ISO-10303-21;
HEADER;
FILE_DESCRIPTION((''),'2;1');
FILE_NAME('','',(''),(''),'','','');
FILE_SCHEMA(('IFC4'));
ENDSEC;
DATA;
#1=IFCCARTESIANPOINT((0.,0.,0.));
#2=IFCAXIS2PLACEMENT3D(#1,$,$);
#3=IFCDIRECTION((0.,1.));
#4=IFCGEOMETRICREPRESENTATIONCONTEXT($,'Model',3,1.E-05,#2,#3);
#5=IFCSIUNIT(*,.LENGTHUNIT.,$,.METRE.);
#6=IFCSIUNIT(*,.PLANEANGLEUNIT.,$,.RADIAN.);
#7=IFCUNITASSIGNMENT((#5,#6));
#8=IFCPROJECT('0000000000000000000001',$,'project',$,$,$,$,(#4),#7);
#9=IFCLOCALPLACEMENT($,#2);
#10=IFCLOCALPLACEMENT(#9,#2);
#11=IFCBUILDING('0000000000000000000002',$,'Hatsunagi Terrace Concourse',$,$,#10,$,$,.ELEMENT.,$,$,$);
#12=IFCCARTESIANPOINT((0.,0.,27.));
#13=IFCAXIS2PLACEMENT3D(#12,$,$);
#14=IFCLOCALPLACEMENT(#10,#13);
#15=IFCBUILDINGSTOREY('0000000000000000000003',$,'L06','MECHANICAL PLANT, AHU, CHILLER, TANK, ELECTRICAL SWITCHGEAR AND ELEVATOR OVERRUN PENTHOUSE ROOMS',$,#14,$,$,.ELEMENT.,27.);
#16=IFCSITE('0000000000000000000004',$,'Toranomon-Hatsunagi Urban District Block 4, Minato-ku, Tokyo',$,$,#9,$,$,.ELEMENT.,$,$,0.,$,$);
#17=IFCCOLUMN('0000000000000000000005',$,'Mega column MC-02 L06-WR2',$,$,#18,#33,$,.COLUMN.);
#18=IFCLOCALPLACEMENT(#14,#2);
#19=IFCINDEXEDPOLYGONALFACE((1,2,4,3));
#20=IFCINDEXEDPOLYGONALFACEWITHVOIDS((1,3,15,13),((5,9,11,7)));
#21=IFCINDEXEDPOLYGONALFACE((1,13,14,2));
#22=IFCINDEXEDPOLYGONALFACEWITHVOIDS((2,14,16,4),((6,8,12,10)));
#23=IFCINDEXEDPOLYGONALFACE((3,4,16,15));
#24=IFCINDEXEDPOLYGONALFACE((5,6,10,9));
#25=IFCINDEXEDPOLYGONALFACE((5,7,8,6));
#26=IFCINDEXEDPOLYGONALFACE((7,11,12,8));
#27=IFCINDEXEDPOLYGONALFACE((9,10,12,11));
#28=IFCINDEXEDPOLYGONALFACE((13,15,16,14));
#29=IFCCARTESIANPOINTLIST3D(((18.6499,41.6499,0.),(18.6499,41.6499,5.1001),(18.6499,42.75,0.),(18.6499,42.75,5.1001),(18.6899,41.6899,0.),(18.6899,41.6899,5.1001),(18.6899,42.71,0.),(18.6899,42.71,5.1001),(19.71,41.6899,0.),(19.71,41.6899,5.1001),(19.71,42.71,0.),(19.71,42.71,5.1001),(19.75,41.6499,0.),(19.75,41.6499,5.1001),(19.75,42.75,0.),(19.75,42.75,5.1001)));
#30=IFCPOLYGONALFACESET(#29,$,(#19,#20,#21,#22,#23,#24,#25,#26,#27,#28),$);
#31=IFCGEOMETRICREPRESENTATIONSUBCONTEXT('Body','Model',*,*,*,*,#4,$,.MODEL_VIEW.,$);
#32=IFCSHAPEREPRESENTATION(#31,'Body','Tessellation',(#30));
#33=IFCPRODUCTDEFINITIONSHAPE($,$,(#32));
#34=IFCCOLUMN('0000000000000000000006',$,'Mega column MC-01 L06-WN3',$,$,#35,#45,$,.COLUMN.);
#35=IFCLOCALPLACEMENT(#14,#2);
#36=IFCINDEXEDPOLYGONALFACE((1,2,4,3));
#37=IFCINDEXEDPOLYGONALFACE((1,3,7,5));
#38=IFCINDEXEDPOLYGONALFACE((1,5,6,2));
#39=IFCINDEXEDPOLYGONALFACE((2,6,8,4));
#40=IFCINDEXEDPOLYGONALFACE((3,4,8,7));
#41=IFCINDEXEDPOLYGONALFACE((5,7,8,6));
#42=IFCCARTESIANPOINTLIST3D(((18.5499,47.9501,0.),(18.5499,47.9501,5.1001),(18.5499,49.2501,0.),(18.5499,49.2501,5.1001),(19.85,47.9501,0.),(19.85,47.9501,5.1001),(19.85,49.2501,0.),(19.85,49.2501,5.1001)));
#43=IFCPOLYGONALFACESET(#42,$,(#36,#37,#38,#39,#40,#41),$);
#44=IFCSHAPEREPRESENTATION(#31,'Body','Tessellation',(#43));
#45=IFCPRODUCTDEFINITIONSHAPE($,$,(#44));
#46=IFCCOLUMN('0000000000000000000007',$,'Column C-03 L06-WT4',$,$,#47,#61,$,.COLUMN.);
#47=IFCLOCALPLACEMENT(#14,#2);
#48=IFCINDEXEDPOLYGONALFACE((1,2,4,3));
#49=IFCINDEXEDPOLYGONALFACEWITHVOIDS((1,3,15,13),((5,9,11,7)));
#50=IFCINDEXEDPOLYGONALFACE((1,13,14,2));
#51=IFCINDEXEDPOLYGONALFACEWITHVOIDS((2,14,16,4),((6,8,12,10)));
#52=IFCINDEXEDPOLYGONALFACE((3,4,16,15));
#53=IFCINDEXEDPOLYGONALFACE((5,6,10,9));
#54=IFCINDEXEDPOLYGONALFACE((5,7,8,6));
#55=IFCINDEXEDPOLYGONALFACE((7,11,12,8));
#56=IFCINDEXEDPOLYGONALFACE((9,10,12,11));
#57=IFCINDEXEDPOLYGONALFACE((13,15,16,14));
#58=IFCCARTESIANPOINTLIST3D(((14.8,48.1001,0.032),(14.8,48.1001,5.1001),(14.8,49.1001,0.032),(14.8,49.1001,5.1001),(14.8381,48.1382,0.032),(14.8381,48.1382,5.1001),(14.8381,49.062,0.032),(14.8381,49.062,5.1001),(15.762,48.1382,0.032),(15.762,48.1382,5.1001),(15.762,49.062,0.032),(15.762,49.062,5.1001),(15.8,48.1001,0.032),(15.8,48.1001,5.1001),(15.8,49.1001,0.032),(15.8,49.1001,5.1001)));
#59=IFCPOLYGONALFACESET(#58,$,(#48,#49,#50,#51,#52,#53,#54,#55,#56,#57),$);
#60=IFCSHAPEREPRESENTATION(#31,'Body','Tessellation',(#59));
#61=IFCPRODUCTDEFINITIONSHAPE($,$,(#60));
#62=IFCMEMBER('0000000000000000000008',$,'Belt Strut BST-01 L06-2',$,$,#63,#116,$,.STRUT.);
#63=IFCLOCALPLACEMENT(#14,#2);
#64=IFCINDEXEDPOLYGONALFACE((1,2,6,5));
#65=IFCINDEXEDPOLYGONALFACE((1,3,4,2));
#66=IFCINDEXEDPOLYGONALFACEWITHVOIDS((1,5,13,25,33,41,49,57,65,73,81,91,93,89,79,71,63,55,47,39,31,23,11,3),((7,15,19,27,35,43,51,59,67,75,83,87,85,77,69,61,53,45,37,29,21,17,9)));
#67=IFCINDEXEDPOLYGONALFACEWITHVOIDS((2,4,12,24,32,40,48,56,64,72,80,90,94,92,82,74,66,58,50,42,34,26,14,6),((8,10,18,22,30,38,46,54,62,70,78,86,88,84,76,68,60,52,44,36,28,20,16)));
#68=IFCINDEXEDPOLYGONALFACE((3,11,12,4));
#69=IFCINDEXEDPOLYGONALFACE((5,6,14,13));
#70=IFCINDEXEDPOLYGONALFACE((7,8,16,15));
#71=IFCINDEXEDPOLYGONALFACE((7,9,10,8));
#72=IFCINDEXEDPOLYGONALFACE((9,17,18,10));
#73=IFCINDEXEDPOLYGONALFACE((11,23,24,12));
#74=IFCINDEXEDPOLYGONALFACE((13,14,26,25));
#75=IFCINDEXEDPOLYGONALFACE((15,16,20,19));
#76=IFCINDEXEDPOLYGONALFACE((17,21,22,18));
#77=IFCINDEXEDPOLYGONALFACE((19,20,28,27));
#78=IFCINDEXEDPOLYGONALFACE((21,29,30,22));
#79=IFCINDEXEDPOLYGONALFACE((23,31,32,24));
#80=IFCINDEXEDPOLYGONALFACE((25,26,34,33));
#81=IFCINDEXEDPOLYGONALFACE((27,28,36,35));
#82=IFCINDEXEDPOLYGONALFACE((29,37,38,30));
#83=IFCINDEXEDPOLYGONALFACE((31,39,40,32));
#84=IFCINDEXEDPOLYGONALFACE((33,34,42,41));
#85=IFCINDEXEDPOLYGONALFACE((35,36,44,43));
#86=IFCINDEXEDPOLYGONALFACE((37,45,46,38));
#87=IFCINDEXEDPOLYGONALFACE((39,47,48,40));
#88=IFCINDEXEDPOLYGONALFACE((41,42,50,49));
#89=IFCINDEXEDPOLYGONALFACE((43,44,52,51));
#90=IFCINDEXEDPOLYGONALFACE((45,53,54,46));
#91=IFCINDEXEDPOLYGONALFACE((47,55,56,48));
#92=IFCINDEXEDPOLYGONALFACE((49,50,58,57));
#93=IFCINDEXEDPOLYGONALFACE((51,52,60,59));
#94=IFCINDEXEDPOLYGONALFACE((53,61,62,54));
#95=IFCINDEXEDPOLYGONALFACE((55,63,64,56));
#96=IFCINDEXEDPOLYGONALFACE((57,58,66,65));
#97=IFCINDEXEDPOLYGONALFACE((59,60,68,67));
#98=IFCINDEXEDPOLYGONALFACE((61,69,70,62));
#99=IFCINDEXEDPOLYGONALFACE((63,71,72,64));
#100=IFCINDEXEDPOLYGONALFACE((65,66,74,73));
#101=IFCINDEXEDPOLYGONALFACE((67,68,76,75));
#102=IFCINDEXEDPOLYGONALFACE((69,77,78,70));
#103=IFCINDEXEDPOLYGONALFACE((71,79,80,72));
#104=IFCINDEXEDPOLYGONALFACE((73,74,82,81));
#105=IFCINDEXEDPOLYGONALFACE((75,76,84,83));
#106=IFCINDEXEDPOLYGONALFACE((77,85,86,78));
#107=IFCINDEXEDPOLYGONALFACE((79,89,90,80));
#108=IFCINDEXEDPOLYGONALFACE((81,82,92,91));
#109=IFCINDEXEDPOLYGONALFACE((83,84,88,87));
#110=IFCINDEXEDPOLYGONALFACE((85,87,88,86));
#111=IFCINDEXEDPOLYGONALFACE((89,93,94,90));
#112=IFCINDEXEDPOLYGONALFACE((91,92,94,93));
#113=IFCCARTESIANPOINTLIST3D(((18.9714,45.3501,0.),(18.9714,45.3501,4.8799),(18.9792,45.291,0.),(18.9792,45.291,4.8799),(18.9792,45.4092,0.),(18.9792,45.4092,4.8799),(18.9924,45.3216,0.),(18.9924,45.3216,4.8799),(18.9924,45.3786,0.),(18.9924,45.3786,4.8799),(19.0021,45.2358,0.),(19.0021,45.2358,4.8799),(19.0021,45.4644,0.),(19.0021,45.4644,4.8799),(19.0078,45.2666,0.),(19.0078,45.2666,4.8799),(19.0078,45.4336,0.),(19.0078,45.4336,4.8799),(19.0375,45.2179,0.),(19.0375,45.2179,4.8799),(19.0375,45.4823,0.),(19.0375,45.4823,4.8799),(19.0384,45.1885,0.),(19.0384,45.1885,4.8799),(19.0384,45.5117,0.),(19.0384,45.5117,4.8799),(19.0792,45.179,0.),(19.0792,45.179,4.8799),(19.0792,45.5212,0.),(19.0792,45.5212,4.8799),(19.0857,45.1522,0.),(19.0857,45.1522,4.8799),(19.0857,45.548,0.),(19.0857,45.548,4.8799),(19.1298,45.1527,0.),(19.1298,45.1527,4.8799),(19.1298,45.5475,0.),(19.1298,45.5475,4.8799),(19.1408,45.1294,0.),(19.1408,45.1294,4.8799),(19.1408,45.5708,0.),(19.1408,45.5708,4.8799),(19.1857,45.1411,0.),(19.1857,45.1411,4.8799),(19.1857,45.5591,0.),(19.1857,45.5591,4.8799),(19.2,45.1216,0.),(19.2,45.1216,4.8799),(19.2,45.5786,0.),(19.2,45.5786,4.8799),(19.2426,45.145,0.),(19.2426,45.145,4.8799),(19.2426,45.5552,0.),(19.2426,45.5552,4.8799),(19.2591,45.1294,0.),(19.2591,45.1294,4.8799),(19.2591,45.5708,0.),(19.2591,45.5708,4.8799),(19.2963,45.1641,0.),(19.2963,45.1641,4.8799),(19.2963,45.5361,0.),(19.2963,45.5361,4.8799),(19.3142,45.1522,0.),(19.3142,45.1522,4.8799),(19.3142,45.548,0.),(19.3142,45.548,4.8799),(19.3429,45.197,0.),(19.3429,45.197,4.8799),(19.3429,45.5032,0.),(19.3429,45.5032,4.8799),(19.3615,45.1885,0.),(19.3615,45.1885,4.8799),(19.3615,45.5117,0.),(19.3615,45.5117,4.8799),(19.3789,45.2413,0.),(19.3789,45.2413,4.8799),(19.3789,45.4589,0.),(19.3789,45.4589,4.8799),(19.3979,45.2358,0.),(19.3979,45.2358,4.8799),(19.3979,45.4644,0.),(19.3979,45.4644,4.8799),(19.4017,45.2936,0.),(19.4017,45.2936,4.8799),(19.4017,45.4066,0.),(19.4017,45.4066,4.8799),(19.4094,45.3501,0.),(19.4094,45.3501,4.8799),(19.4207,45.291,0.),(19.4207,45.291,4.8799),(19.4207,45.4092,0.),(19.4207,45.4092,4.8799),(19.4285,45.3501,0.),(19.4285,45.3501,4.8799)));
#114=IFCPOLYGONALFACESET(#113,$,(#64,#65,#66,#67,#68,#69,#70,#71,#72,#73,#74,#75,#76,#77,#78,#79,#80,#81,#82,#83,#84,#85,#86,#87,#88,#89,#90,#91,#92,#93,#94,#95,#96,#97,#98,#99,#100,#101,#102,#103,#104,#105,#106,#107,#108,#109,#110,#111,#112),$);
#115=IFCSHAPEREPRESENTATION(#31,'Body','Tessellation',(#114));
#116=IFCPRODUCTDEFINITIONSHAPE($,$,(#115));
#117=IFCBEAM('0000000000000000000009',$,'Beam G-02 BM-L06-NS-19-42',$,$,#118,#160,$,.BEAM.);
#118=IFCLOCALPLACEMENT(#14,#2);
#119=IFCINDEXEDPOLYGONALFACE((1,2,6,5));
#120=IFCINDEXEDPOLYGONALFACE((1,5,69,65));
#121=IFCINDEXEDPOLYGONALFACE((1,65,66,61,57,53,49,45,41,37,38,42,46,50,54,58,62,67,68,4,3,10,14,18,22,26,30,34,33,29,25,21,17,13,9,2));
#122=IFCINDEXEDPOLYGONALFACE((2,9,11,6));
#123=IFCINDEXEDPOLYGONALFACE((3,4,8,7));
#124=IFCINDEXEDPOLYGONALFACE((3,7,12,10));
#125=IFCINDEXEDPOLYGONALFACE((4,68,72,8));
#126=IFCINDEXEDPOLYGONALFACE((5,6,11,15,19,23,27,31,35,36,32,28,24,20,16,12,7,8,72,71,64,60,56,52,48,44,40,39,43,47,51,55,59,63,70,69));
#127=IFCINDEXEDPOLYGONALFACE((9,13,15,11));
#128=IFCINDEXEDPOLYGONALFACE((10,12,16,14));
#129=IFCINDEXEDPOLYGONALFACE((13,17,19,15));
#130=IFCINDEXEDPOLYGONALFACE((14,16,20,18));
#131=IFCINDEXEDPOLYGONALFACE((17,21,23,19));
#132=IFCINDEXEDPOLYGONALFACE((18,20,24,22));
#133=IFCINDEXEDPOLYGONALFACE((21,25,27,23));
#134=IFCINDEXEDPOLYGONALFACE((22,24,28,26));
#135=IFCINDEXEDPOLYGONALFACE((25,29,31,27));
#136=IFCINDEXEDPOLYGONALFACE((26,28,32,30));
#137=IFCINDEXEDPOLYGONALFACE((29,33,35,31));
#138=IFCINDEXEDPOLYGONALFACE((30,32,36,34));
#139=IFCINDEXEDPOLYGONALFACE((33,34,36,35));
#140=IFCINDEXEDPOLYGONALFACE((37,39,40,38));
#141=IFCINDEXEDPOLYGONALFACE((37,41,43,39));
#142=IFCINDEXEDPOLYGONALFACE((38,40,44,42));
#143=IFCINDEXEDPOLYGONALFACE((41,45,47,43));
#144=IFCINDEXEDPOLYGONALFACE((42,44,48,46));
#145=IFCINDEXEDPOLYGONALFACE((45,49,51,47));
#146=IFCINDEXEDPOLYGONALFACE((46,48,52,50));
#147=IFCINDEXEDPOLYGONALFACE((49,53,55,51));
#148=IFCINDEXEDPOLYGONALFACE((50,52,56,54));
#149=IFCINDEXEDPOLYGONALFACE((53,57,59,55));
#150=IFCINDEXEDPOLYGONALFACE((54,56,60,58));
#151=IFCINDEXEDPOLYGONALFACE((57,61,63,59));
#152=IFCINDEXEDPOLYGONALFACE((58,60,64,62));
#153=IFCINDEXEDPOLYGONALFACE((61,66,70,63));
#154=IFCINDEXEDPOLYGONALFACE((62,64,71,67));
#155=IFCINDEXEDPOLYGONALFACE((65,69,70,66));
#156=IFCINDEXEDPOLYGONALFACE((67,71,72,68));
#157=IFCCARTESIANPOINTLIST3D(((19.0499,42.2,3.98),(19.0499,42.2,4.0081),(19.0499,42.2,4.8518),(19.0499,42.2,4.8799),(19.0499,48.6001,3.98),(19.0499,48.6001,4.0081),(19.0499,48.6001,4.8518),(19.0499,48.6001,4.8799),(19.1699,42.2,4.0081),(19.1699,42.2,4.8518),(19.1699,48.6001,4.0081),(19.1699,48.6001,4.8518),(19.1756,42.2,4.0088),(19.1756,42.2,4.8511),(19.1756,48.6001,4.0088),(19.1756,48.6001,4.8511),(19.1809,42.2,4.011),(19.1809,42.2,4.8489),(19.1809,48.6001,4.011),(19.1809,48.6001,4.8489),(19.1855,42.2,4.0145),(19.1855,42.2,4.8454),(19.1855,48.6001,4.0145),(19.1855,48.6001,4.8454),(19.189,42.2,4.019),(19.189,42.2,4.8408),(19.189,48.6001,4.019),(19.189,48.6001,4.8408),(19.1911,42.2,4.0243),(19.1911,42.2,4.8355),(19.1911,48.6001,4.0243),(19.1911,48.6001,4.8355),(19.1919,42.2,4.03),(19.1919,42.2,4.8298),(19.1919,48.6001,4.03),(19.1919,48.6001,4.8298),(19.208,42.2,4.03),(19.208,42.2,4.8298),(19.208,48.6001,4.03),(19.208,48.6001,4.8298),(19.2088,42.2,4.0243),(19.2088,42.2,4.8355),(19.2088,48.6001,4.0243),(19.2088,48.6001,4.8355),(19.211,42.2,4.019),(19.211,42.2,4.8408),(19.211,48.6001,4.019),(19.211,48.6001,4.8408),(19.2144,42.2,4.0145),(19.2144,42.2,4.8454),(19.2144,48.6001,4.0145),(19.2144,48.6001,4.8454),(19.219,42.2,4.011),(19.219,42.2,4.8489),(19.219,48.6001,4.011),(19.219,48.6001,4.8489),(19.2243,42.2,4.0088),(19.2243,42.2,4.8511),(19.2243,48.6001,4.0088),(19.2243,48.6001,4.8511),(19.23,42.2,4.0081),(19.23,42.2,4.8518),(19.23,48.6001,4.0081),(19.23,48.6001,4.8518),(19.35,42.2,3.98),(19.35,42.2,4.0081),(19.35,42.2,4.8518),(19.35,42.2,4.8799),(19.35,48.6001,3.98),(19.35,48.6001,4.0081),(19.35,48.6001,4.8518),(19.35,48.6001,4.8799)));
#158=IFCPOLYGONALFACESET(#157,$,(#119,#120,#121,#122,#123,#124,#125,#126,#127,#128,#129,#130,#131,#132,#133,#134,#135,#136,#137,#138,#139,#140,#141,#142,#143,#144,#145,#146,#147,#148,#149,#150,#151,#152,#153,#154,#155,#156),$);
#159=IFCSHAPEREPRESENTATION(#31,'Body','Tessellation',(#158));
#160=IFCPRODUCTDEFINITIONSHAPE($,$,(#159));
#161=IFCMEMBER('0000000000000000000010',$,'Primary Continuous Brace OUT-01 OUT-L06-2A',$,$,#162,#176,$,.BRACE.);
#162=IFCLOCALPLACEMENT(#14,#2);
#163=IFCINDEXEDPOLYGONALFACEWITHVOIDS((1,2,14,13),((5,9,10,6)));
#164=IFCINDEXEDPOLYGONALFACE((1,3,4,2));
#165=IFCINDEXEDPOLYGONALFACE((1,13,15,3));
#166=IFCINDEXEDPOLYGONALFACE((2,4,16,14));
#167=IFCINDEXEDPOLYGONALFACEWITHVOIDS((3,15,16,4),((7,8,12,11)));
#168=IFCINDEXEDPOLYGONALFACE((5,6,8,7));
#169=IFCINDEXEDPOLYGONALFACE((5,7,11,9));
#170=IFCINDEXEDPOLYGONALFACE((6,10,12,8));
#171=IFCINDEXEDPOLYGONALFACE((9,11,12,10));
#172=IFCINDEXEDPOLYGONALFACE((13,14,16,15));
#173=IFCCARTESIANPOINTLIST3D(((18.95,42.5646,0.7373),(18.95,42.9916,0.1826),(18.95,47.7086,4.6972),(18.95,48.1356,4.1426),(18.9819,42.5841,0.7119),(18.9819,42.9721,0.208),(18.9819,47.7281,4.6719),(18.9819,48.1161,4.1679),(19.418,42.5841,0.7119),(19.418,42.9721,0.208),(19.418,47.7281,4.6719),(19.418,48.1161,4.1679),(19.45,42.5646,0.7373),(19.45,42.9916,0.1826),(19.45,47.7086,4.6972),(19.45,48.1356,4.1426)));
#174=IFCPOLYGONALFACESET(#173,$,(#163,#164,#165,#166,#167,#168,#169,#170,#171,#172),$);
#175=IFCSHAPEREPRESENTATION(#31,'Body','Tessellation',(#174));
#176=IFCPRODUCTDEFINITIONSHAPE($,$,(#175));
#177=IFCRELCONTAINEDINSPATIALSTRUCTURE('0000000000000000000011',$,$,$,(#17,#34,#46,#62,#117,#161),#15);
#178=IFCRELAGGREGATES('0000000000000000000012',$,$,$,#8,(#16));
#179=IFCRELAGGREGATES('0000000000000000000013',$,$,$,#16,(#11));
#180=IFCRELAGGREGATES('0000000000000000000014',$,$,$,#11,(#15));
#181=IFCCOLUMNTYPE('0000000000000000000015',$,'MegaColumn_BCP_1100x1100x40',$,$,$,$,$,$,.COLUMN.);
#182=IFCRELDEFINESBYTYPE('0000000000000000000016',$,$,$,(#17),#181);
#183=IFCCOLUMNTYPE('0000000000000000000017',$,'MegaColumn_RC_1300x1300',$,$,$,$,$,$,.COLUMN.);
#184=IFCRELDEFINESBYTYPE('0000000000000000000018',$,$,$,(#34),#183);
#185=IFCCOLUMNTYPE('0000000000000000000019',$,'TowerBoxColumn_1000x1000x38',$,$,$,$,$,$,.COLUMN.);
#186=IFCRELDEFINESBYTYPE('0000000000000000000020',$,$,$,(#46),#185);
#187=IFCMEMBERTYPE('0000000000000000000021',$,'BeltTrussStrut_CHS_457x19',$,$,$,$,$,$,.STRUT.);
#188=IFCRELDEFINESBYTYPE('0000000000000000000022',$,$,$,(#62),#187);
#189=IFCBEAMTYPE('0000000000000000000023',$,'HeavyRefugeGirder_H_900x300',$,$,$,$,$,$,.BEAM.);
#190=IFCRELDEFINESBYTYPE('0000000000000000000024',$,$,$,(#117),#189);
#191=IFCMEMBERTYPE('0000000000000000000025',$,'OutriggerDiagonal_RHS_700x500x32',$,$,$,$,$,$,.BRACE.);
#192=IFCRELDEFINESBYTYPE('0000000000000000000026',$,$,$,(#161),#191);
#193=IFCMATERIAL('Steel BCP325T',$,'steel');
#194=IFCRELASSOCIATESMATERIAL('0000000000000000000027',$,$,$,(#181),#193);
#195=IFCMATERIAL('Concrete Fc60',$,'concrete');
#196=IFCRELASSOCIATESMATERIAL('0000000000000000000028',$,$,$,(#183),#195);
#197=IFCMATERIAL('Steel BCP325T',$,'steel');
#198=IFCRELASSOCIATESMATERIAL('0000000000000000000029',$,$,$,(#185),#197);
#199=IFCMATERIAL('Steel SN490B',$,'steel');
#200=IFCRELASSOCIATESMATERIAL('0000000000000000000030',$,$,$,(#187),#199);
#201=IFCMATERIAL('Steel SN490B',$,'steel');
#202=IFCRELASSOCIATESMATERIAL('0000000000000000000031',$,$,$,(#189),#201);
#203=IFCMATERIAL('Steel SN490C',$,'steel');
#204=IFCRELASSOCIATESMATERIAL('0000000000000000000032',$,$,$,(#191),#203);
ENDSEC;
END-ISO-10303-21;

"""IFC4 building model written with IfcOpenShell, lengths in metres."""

from ifc_helpers import new_model, si_unit, direction, frame, origin, origin_2d, place, context, subcontext, project, spatial, rectangle, hollow_rectangle, hollow_circle, i_section, extrude, material, material_profile, profile_set, type_object, element, save


model = new_model("IFC4")

# Units and contexts
model_context = context("Model", 3, precision=1e-05, world=origin(), true_north=direction((0.0, 1.0)))
body_context = subcontext(model_context, "Body", "Model", "MODEL_VIEW")
ifc_project = project(units=[si_unit("LENGTHUNIT", "METRE"), si_unit("PLANEANGLEUNIT", "RADIAN")], contexts=[model_context])

# Site, building, storey
site_placement = place(None, origin())
site = spatial("IfcSite", under=ifc_project, at=site_placement, Name="Toranomon-Hatsunagi Urban District Block 4, Minato-ku, Tokyo", CompositionType="ELEMENT", RefElevation=0.0)
building_placement = place(site_placement, origin())
building = spatial("IfcBuilding", under=site, at=building_placement, Name="Hatsunagi Terrace Concourse", CompositionType="ELEMENT")
storey_placement = place(building_placement, frame((0.0, 0.0, 27.0)))
storey = spatial("IfcBuildingStorey", under=building, at=storey_placement, Name="L06", Description="MECHANICAL PLANT, AHU, CHILLER, TANK, ELECTRICAL SWITCHGEAR AND ELEVATOR OVERRUN PENTHOUSE ROOMS", CompositionType="ELEMENT", Elevation=27.0)

# Columns
ifc_material_1 = material(Name="Steel BCP325T", Category="steel")
ifc_material_profile_1 = material_profile(ifc_material_1, hollow_rectangle(XDim=1.1001, YDim=1.1001, WallThickness=0.04, at=origin_2d()), Name="BCP-1100x1100x40")
ifc_profile_set_1 = profile_set([ifc_material_profile_1], Name="Steel BCP325T")
column_type_1 = type_object("IfcColumnType", Name="MegaColumn_BCP_1100x1100x40", PredefinedType="COLUMN", material=ifc_profile_set_1)
column_1_placement = place(storey_placement, frame((19.2, 42.2, 0.0), z_axis=(0.0, 0.0, 1.0), x_axis=(1.0, 0.0, 0.0)))
element("IfcColumn", 1, at=column_1_placement, inside=storey, type_object=column_type_1, Name="Mega column MC-02 L06-WR2", PredefinedType="COLUMN", context=body_context, shape_type="SweptSolid", body=[
    extrude(hollow_rectangle(XDim=1.1001, YDim=1.1001, WallThickness=0.04, at=origin_2d()), origin(), (0.0, 0.0, 1.0), 5.1001),
])
ifc_material_2 = material(Name="Concrete Fc60", Category="concrete")
ifc_material_profile_2 = material_profile(ifc_material_2, rectangle(XDim=1.3, YDim=1.3, at=origin_2d()), Name="RC-1300x1300")
ifc_profile_set_2 = profile_set([ifc_material_profile_2], Name="Concrete Fc60")
column_type_2 = type_object("IfcColumnType", Name="MegaColumn_RC_1300x1300", PredefinedType="COLUMN", material=ifc_profile_set_2)
column_2_placement = place(storey_placement, frame((19.2, 48.6001, 0.0), z_axis=(0.0, 0.0, 1.0), x_axis=(1.0, 0.0, 0.0)))
element("IfcColumn", 2, at=column_2_placement, inside=storey, type_object=column_type_2, Name="Mega column MC-01 L06-WN3", PredefinedType="COLUMN", context=body_context, shape_type="SweptSolid", body=[
    extrude(rectangle(XDim=1.3, YDim=1.3, at=origin_2d()), origin(), (0.0, 0.0, 1.0), 5.1001),
])
ifc_material_3 = material(Name="Steel BCP325T", Category="steel")
ifc_material_profile_3 = material_profile(ifc_material_3, hollow_rectangle(XDim=1.0, YDim=1.0, WallThickness=0.0381, at=origin_2d()), Name="BCP-1000x1000x38")
ifc_profile_set_3 = profile_set([ifc_material_profile_3], Name="Steel BCP325T")
column_type_3 = type_object("IfcColumnType", Name="TowerBoxColumn_1000x1000x38", PredefinedType="COLUMN", material=ifc_profile_set_3)
column_3_placement = place(storey_placement, frame((15.3, 48.6001, 0.032), z_axis=(0.0, 0.0, 1.0), x_axis=(1.0, 0.0, 0.0)))
element("IfcColumn", 3, at=column_3_placement, inside=storey, type_object=column_type_3, Name="Column C-03 L06-WT4", PredefinedType="COLUMN", context=body_context, shape_type="SweptSolid", body=[
    extrude(hollow_rectangle(XDim=1.0, YDim=1.0, WallThickness=0.0381, at=origin_2d()), origin(), (0.0, 0.0, 1.0), 5.0681),
])

# Member
ifc_material_4 = material(Name="Steel SN490B", Category="steel")
ifc_material_profile_4 = material_profile(ifc_material_4, hollow_circle(Radius=0.2285, WallThickness=0.019, at=origin_2d()), Name="CHS-457.2x19")
ifc_profile_set_4 = profile_set([ifc_material_profile_4], Name="Steel SN490B")
member_type_1 = type_object("IfcMemberType", Name="BeltTrussStrut_CHS_457x19", PredefinedType="STRUT", material=ifc_profile_set_4)
member_1_placement = place(storey_placement, frame((19.2, 45.3501, 0.0), z_axis=(0.0, 0.0, 1.0), x_axis=(1.0, 0.0, 0.0)))
element("IfcMember", 4, at=member_1_placement, inside=storey, type_object=member_type_1, Name="Belt Strut BST-01 L06-2", PredefinedType="STRUT", context=body_context, shape_type="SweptSolid", body=[
    extrude(hollow_circle(Radius=0.2285, WallThickness=0.019, at=origin_2d()), origin(), (0.0, 0.0, 1.0), 4.8799),
])

# Beam
ifc_material_5 = material(Name="Steel SN490B", Category="steel")
ifc_material_profile_5 = material_profile(ifc_material_5, i_section(OverallWidth=0.3, OverallDepth=0.8999, WebThickness=0.0161, FlangeThickness=0.0281, FilletRadius=0.022, at=origin_2d()), Name="H-900x300x16x28")
ifc_profile_set_5 = profile_set([ifc_material_profile_5], Name="Steel SN490B")
beam_type_1 = type_object("IfcBeamType", Name="HeavyRefugeGirder_H_900x300", PredefinedType="BEAM", material=ifc_profile_set_5)
beam_1_placement = place(storey_placement, frame((19.2, 42.2, 4.4299), z_axis=(0.0, 1.0, 0.0), x_axis=(-1.0, 0.0, 0.0)))
element("IfcBeam", 5, at=beam_1_placement, inside=storey, type_object=beam_type_1, Name="Beam G-02 BM-L06-NS-19-42", PredefinedType="BEAM", context=body_context, shape_type="SweptSolid", body=[
    extrude(i_section(OverallWidth=0.3, OverallDepth=0.8999, WebThickness=0.0161, FlangeThickness=0.0281, FilletRadius=0.022, at=origin_2d()), origin(), (0.0, 0.0, 1.0), 6.4001),
])

# Member
ifc_material_6 = material(Name="Steel SN490C", Category="steel")
ifc_material_profile_6 = material_profile(ifc_material_6, hollow_rectangle(XDim=0.5, YDim=0.7, WallThickness=0.032, at=origin_2d()), Name="RHS-700x500x32")
ifc_profile_set_6 = profile_set([ifc_material_profile_6], Name="Steel SN490C")
member_type_2 = type_object("IfcMemberType", Name="OutriggerDiagonal_RHS_700x500x32", PredefinedType="BRACE", material=ifc_profile_set_6)
member_2_placement = place(storey_placement, frame((19.2, 42.7781, 0.46), z_axis=(0.0, 0.7924, 0.610002), x_axis=(-1.0, 0.0, 0.0)))
element("IfcMember", 6, at=member_2_placement, inside=storey, type_object=member_type_2, Name="Primary Continuous Brace OUT-01 OUT-L06-2A", PredefinedType="BRACE", context=body_context, shape_type="SweptSolid", body=[
    extrude(hollow_rectangle(XDim=0.5, YDim=0.7, WallThickness=0.032, at=origin_2d()), origin(), (0.0, 0.0, 1.0), 6.4917),
])

save(model, "model.ifc")
